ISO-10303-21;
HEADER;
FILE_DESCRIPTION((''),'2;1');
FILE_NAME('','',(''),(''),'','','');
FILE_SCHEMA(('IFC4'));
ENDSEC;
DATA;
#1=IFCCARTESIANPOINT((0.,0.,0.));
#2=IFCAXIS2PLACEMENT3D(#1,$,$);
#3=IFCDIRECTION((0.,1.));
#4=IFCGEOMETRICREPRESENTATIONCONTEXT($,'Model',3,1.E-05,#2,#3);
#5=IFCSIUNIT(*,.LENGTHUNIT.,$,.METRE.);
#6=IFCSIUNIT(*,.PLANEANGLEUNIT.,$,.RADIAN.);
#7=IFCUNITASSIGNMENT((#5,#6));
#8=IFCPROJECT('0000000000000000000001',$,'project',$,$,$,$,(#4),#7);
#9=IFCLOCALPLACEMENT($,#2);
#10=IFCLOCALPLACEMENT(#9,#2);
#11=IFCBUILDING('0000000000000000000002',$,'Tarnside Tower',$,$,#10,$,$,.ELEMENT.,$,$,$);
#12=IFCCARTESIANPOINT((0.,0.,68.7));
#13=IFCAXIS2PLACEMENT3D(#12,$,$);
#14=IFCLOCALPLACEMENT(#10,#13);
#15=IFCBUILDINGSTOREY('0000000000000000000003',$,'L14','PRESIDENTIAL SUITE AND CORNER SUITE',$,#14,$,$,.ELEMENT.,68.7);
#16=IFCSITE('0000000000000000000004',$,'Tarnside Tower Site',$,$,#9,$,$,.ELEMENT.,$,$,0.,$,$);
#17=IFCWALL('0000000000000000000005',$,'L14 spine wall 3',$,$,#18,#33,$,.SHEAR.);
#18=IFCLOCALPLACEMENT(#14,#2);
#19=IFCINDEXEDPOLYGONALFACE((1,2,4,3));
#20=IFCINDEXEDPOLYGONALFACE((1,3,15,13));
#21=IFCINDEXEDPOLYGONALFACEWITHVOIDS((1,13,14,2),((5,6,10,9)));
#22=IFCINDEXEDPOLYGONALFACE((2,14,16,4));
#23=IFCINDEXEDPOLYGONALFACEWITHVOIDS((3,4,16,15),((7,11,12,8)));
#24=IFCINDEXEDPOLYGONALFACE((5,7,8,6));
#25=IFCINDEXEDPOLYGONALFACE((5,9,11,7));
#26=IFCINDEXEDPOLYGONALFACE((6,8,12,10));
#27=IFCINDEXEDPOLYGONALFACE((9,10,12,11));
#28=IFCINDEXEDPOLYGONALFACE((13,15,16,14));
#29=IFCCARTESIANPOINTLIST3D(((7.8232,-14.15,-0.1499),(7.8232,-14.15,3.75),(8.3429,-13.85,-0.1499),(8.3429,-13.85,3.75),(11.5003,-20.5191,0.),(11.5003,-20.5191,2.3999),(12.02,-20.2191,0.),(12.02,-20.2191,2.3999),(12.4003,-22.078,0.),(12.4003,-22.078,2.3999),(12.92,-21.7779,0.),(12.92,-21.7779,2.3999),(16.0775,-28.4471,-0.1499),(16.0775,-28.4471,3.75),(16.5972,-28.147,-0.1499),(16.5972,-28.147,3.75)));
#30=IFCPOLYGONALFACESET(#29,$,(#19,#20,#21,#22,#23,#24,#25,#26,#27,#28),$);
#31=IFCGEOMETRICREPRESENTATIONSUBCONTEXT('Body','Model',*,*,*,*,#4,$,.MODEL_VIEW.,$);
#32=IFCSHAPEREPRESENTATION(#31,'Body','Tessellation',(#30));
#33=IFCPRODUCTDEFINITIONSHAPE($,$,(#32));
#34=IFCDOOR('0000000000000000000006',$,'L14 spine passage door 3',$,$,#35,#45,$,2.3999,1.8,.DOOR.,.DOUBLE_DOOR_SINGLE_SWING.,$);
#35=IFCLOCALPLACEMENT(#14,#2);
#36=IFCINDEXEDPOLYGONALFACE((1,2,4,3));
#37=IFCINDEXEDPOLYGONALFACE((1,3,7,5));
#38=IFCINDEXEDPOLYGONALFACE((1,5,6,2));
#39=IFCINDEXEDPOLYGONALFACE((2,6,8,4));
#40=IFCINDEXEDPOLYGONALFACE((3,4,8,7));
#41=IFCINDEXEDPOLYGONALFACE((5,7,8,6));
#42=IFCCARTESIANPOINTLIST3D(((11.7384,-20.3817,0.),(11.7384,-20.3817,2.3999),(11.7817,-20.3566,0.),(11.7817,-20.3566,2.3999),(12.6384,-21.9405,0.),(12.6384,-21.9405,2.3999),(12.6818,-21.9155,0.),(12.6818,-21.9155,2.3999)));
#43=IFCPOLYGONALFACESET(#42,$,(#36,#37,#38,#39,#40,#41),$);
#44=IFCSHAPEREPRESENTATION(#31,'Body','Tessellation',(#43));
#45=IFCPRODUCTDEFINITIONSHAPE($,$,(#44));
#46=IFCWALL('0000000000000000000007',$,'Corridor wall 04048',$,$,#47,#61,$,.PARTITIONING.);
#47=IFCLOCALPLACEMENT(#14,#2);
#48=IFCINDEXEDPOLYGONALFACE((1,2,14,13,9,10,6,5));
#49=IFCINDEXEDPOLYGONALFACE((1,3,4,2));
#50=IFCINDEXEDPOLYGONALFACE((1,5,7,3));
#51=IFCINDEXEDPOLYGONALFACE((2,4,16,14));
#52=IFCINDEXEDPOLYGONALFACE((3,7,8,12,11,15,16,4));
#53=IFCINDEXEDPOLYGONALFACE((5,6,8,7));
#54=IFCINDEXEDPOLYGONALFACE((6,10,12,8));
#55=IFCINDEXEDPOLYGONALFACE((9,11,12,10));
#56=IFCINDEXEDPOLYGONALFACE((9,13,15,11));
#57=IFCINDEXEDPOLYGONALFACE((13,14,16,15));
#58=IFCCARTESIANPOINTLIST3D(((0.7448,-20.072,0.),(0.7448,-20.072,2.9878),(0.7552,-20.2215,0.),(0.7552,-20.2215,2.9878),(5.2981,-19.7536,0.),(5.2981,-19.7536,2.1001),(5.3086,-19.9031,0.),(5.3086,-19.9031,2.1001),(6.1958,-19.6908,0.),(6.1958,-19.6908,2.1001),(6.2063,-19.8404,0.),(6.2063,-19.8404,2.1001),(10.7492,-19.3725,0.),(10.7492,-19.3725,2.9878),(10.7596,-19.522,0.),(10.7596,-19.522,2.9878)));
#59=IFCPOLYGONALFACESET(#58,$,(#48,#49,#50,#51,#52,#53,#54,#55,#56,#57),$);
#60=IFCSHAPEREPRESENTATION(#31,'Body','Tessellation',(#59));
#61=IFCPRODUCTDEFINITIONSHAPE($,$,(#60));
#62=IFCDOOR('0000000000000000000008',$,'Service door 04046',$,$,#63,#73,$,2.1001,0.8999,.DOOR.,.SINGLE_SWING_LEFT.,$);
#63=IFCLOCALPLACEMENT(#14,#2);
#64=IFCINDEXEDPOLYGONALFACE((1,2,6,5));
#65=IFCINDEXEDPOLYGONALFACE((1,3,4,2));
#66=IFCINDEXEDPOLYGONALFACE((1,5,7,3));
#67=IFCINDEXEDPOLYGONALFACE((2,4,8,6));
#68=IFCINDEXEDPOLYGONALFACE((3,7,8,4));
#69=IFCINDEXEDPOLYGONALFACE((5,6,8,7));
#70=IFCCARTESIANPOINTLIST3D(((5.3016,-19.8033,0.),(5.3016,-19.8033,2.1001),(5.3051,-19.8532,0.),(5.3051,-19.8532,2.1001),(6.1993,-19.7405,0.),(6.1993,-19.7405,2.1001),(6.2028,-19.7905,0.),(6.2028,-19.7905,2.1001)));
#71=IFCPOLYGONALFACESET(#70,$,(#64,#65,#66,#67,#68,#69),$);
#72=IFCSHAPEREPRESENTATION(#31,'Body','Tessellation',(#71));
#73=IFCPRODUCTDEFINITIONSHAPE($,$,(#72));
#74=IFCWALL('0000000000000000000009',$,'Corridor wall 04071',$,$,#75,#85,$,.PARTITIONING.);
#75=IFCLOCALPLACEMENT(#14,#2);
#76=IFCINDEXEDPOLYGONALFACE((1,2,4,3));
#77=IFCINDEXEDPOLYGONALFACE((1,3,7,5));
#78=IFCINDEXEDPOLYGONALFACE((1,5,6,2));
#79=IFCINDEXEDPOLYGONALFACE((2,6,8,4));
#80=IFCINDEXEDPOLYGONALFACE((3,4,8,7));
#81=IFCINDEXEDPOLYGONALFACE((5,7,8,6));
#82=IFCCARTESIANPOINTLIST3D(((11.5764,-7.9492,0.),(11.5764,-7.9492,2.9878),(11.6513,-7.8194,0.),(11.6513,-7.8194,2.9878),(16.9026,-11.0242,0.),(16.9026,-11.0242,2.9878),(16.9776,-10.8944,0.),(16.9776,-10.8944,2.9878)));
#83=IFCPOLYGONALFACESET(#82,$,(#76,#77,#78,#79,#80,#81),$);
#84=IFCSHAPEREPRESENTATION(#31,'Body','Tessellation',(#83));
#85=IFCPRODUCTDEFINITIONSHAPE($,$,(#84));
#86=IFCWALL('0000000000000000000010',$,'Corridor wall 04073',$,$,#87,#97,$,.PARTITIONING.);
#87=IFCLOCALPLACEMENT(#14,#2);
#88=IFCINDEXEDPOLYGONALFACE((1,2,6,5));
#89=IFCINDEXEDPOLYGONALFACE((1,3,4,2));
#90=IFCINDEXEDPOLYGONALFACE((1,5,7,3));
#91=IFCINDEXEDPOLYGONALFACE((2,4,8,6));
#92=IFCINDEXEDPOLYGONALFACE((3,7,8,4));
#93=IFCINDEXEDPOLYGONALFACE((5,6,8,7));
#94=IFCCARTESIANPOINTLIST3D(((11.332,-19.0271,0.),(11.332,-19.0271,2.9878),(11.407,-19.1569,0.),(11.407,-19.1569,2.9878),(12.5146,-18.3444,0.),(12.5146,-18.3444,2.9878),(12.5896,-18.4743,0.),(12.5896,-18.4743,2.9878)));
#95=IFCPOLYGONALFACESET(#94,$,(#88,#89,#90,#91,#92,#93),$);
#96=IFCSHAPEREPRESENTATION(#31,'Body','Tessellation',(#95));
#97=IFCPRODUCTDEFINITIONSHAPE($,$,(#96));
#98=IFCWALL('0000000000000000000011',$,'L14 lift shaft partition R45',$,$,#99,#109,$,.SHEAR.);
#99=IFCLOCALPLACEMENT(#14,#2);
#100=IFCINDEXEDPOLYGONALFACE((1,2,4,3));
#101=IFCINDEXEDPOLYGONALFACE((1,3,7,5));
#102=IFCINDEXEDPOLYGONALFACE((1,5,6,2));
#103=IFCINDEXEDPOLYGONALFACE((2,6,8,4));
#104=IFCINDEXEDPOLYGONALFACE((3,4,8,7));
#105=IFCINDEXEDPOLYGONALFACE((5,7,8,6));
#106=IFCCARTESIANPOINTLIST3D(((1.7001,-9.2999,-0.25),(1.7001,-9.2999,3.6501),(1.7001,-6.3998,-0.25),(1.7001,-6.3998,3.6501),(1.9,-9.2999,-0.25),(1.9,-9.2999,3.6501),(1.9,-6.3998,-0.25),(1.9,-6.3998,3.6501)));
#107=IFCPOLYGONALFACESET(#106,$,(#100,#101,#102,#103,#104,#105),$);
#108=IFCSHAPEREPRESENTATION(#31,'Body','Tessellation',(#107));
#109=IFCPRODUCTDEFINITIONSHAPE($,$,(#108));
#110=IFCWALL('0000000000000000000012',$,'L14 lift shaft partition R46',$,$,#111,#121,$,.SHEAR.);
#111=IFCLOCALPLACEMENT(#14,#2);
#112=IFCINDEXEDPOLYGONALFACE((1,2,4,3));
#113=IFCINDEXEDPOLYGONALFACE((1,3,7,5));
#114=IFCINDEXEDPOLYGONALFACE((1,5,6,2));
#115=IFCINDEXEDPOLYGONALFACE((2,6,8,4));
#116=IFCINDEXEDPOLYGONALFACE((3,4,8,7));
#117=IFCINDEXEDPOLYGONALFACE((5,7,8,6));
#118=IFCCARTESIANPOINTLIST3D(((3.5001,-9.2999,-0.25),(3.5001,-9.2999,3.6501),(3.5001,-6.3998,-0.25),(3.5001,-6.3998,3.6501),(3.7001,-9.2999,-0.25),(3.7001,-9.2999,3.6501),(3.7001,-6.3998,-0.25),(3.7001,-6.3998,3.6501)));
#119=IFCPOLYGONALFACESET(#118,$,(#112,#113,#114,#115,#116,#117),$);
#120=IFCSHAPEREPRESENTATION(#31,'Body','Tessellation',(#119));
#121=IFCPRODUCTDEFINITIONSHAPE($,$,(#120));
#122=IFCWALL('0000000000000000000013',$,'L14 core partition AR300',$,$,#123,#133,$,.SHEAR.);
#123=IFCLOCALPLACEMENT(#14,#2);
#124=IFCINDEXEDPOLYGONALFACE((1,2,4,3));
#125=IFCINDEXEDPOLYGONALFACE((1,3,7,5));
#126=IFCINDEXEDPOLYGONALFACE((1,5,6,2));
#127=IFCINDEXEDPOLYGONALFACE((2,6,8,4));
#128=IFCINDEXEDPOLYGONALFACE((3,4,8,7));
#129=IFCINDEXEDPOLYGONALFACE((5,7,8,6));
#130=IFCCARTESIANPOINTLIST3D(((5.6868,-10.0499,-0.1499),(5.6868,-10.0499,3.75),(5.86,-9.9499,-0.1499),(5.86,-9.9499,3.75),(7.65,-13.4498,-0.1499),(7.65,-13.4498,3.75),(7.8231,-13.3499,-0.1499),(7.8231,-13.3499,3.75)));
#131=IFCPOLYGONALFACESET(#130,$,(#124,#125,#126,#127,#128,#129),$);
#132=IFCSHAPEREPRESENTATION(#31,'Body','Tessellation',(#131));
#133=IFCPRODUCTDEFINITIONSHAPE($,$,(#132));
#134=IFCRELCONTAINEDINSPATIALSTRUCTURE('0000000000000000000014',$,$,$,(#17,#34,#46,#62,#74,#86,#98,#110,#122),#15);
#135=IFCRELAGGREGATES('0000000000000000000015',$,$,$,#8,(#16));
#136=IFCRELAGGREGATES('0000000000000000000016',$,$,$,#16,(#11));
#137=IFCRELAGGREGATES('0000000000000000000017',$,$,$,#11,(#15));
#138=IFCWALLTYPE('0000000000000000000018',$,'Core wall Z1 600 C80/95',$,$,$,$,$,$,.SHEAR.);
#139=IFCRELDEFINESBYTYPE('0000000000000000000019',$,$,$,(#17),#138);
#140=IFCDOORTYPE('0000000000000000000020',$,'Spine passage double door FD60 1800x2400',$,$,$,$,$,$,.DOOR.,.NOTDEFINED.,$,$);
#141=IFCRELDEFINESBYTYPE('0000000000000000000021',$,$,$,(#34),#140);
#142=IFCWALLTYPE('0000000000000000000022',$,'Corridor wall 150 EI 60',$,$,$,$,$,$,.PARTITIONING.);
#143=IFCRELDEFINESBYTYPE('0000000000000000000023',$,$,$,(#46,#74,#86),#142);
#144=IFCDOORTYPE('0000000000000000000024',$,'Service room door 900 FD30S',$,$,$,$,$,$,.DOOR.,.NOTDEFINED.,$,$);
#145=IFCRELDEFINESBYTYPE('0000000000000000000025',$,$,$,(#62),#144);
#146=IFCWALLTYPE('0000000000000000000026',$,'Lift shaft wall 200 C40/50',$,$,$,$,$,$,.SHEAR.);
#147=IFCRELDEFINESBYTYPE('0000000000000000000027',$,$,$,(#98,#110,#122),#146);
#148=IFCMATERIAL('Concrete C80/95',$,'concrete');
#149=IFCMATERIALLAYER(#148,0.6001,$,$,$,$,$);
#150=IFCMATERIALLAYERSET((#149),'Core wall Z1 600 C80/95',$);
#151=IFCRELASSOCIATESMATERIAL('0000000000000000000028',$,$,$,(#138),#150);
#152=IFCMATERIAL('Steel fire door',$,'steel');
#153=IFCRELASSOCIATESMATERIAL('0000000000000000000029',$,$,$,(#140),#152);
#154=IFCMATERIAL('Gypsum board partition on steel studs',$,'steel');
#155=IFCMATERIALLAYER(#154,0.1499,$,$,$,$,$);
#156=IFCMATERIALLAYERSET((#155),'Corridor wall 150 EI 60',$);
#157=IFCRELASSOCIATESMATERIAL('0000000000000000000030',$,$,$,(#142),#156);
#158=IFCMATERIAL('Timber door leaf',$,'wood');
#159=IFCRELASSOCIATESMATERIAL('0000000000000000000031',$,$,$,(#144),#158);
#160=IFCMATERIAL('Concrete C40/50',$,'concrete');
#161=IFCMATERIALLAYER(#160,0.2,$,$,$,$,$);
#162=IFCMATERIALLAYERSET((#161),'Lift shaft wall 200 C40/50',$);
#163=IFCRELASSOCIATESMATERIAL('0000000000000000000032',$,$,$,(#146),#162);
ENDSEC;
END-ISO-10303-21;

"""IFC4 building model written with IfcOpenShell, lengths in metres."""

from ifc_helpers import new_model, si_unit, direction, frame, frame_2d, origin, place, context, subcontext, project, spatial, rectangle, extrude, material, layer, layer_set, type_object, element, fill, save


model = new_model("IFC4")

# Units and contexts
model_context = context("Model", 3, precision=1e-05, world=origin(), true_north=direction((0.0, 1.0)))
body_context = subcontext(model_context, "Body", "Model", "MODEL_VIEW")
ifc_project = project(units=[si_unit("LENGTHUNIT", "METRE"), si_unit("PLANEANGLEUNIT", "RADIAN")], contexts=[model_context])

# Site, building, storey
site_placement = place(None, origin())
site = spatial("IfcSite", under=ifc_project, at=site_placement, Name="Tarnside Tower Site", CompositionType="ELEMENT", RefElevation=0.0)
building_placement = place(site_placement, origin())
building = spatial("IfcBuilding", under=site, at=building_placement, Name="Tarnside Tower", CompositionType="ELEMENT")
storey_placement = place(building_placement, frame((0.0, 0.0, 68.7)))
storey = spatial("IfcBuildingStorey", under=building, at=storey_placement, Name="L14", Description="PRESIDENTIAL SUITE AND CORNER SUITE", CompositionType="ELEMENT", Elevation=68.7)

# Walls, openings, doors
ifc_material_1 = material(Name="Steel fire door", Category="steel")
ifc_material_2 = material(Name="Concrete C40/50", Category="concrete")
ifc_material_3 = material(Name="Concrete C80/95", Category="concrete")
ifc_layer_1 = layer(ifc_material_3, 0.6001)
ifc_layer_set_1 = layer_set([ifc_layer_1], Name="Core wall Z1 600 C80/95")
wall_type_1 = type_object("IfcWallType", Name="Core wall Z1 600 C80/95", PredefinedType="SHEAR", material=ifc_layer_set_1)
wall_1_placement = place(storey_placement, frame((8.083, -14.0, -0.1499), z_axis=(0.0, 0.0, 1.0), x_axis=(0.499998, -0.866027, 0.0)))
wall_1 = element("IfcWall", 1, at=wall_1_placement, inside=storey, type_object=wall_type_1, Name="L14 spine wall 3", PredefinedType="SHEAR", context=body_context, shape_type="SweptSolid", body=[
    extrude(rectangle(XDim=16.5088, YDim=0.6001, at=frame_2d((8.2544, 0.0))), origin(), (0.0, 0.0, 1.0), 3.8999),
])
opening_1_placement = place(wall_1_placement, frame((7.3545, 0.0, 0.1499)))
opening_1 = element("IfcOpeningElement", 2, at=opening_1_placement, cuts=wall_1, PredefinedType="OPENING", context=body_context, shape_type="SweptSolid", body=[
    extrude(rectangle(XDim=1.8, YDim=2.3999, at=frame_2d((0.8999, 1.2))), frame((0.0, 0.3101, 0.0), z_axis=(0.0, -1.0, 0.0), x_axis=(1.0, 0.0, 0.0)), (0.0, 0.0, 1.0), 0.6201),
])
door_type_1 = type_object("IfcDoorType", Name="Spine passage double door FD60 1800x2400", OperationType="NOTDEFINED", PredefinedType="DOOR", material=ifc_material_1)
door_1_placement = place(opening_1_placement, origin())
door_1 = element("IfcDoor", 3, at=door_1_placement, inside=storey, type_object=door_type_1, Name="L14 spine passage door 3", OperationType="DOUBLE_DOOR_SINGLE_SWING", OverallHeight=2.3999, OverallWidth=1.8, PredefinedType="DOOR", context=body_context, shape_type="SweptSolid", body=[
    extrude(rectangle(XDim=1.8, YDim=2.3999, at=frame_2d((0.8999, 1.2))), frame((0.0, 0.0249, 0.0), z_axis=(0.0, -1.0, 0.0), x_axis=(1.0, 0.0, 0.0)), (0.0, 0.0, 1.0), 0.05),
])
fill(opening_1, door_1)
ifc_material_4 = material(Name="Gypsum board partition on steel studs", Category="steel")
ifc_layer_2 = layer(ifc_material_4, 0.1499)
ifc_layer_set_2 = layer_set([ifc_layer_2], Name="Corridor wall 150 EI 60")
wall_type_2 = type_object("IfcWallType", Name="Corridor wall 150 EI 60", PredefinedType="PARTITIONING", material=ifc_layer_set_2)
wall_2_placement = place(storey_placement, frame((10.7544, -19.4473, 0.0), z_axis=(0.0, 0.0, 1.0), x_axis=(-0.997565, -0.069745, 0.0)))
wall_2 = element("IfcWall", 4, at=wall_2_placement, inside=storey, type_object=wall_type_2, Name="Corridor wall 04048", PredefinedType="PARTITIONING", context=body_context, shape_type="SweptSolid", body=[
    extrude(rectangle(XDim=10.0288, YDim=0.1499, at=frame_2d((5.0144, 0.0))), origin(), (0.0, 0.0, 1.0), 2.9878),
])
opening_2_placement = place(wall_2_placement, frame((4.5645, 0.0, 0.0)))
opening_2 = element("IfcOpeningElement", 5, at=opening_2_placement, cuts=wall_2, PredefinedType="OPENING", context=body_context, shape_type="SweptSolid", body=[
    extrude(rectangle(XDim=0.8999, YDim=2.1001, at=frame_2d((0.45, 1.05))), frame((0.0, 0.085, 0.0), z_axis=(0.0, -1.0, 0.0), x_axis=(1.0, 0.0, 0.0)), (0.0, 0.0, 1.0), 0.1699),
])
ifc_material_5 = material(Name="Timber door leaf", Category="wood")
door_type_2 = type_object("IfcDoorType", Name="Service room door 900 FD30S", OperationType="NOTDEFINED", PredefinedType="DOOR", material=ifc_material_5)
door_2_placement = place(opening_2_placement, origin())
door_2 = element("IfcDoor", 6, at=door_2_placement, inside=storey, type_object=door_type_2, Name="Service door 04046", OperationType="SINGLE_SWING_LEFT", OverallHeight=2.1001, OverallWidth=0.8999, PredefinedType="DOOR", context=body_context, shape_type="SweptSolid", body=[
    extrude(rectangle(XDim=0.8999, YDim=2.1001, at=frame_2d((0.45, 1.05))), frame((0.0, 0.0249, 0.0), z_axis=(0.0, -1.0, 0.0), x_axis=(1.0, 0.0, 0.0)), (0.0, 0.0, 1.0), 0.05),
])
fill(opening_2, door_2)

# Walls
wall_3_placement = place(storey_placement, frame((11.6138, -7.8843, 0.0), z_axis=(0.0, 0.0, 1.0), x_axis=(0.866034, -0.499986, 0.0)))
element("IfcWall", 7, at=wall_3_placement, inside=storey, type_object=wall_type_2, Name="Corridor wall 04071", PredefinedType="PARTITIONING", context=body_context, shape_type="SweptSolid", body=[
    extrude(rectangle(XDim=6.1501, YDim=0.1499, at=frame_2d((3.0752, 0.0))), origin(), (0.0, 0.0, 1.0), 2.9878),
])
wall_4_placement = place(storey_placement, frame((12.552, -18.4094, 0.0), z_axis=(0.0, 0.0, 1.0), x_axis=(-0.866078, -0.499908, 0.0)))
element("IfcWall", 8, at=wall_4_placement, inside=storey, type_object=wall_type_2, Name="Corridor wall 04073", PredefinedType="PARTITIONING", context=body_context, shape_type="SweptSolid", body=[
    extrude(rectangle(XDim=1.3655, YDim=0.1499, at=frame_2d((0.6826, 0.0))), origin(), (0.0, 0.0, 1.0), 2.9878),
])
ifc_layer_3 = layer(ifc_material_2, 0.2)
ifc_layer_set_3 = layer_set([ifc_layer_3], Name="Lift shaft wall 200 C40/50")
wall_type_3 = type_object("IfcWallType", Name="Lift shaft wall 200 C40/50", PredefinedType="SHEAR", material=ifc_layer_set_3)
for number, where, z_axis, x_axis, name in (
    (9, (1.8, -9.3, -0.25), (0.0, 0.0, 1.0), (0.0, 1.0, 0.0), "L14 lift shaft partition R45"),
    (10, (3.6001, -9.3, -0.25), (0.0, 0.0, 1.0), (0.0, 1.0, 0.0), "L14 lift shaft partition R46"),
):
    element("IfcWall", number, at=place(storey_placement, frame(where, z_axis=z_axis, x_axis=x_axis)), inside=storey, type_object=wall_type_3, Name=name, PredefinedType="SHEAR", context=body_context, shape_type="SweptSolid", body=[
        extrude(rectangle(XDim=2.9001, YDim=0.2, at=frame_2d((1.4502, 0.0))), origin(), (0.0, 0.0, 1.0), 3.9001),
    ])
wall_5_placement = place(storey_placement, frame((5.7734, -10.0, -0.1499), z_axis=(0.0, 0.0, 1.0), x_axis=(0.500038, -0.866003, 0.0)))
element("IfcWall", 11, at=wall_5_placement, inside=storey, type_object=wall_type_3, Name="L14 core partition AR300", PredefinedType="SHEAR", context=body_context, shape_type="SweptSolid", body=[
    extrude(rectangle(XDim=3.926, YDim=0.2, at=frame_2d((1.9629, 0.0))), origin(), (0.0, 0.0, 1.0), 3.8999),
])

save(model, "model.ifc")
